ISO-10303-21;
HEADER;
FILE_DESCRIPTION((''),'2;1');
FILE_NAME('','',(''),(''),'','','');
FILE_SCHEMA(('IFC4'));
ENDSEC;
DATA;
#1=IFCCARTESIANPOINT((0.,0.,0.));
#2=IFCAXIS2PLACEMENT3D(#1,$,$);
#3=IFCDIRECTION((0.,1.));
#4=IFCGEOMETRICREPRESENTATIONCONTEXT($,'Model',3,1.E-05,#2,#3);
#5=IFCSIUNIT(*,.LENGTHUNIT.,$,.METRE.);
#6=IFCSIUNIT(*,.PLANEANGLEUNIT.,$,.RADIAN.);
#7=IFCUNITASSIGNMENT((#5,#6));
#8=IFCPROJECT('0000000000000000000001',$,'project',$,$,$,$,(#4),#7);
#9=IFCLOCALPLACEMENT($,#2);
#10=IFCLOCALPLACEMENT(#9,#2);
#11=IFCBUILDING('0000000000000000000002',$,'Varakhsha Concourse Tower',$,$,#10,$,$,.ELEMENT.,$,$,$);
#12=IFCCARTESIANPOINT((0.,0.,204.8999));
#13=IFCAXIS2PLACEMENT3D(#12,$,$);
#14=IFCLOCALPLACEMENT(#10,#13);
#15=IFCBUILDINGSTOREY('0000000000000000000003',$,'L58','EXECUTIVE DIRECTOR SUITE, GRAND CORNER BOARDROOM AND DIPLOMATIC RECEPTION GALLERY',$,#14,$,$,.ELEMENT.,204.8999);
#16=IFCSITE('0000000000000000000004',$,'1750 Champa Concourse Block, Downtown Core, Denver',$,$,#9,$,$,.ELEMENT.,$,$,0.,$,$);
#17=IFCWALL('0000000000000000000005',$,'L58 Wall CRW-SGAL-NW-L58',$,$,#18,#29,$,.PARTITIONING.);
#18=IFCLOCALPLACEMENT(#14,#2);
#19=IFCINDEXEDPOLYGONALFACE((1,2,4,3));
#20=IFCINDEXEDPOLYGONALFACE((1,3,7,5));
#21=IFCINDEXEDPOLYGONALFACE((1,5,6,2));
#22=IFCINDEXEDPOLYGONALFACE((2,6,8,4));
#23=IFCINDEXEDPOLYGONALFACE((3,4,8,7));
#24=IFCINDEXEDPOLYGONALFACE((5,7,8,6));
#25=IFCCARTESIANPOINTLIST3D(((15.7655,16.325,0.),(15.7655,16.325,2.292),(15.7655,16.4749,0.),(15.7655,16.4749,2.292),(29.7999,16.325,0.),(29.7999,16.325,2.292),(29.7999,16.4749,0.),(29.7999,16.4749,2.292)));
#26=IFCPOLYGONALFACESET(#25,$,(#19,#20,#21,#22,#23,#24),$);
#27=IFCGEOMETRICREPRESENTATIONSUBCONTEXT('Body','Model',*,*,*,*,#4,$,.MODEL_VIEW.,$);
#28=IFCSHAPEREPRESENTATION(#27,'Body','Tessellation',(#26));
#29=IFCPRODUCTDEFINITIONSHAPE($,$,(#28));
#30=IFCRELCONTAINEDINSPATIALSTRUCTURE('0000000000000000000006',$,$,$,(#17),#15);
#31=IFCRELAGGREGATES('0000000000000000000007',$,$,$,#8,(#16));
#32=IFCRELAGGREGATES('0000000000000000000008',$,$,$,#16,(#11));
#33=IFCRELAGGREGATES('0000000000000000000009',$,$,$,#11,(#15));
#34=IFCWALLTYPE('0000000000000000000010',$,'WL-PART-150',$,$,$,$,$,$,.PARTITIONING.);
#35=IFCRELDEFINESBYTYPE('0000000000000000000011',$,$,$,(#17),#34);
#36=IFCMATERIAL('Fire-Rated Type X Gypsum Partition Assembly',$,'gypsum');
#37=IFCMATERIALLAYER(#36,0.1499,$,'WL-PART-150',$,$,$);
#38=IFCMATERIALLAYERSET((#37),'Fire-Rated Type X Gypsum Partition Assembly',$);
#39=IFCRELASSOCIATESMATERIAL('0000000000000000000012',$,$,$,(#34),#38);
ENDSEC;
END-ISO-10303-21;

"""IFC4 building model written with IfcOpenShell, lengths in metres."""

from ifc_helpers import new_model, si_unit, direction, frame, frame_2d, origin, place, context, subcontext, project, spatial, rectangle, extrude, material, layer, layer_set, type_object, element, save


model = new_model("IFC4")

# Units and contexts
model_context = context("Model", 3, precision=1e-05, world=origin(), true_north=direction((0.0, 1.0)))
body_context = subcontext(model_context, "Body", "Model", "MODEL_VIEW")
ifc_project = project(units=[si_unit("LENGTHUNIT", "METRE"), si_unit("PLANEANGLEUNIT", "RADIAN")], contexts=[model_context])

# Site, building, storey
site_placement = place(None, origin())
site = spatial("IfcSite", under=ifc_project, at=site_placement, Name="1750 Champa Concourse Block, Downtown Core, Denver", CompositionType="ELEMENT", RefElevation=0.0)
building_placement = place(site_placement, origin())
building = spatial("IfcBuilding", under=site, at=building_placement, Name="Varakhsha Concourse Tower", CompositionType="ELEMENT")
storey_placement = place(building_placement, frame((0.0, 0.0, 204.8999)))
storey = spatial("IfcBuildingStorey", under=building, at=storey_placement, Name="L58", Description="EXECUTIVE DIRECTOR SUITE, GRAND CORNER BOARDROOM AND DIPLOMATIC RECEPTION GALLERY", CompositionType="ELEMENT", Elevation=204.8999)

# Wall
ifc_material_1 = material(Name="Fire-Rated Type X Gypsum Partition Assembly", Category="gypsum")
ifc_layer_1 = layer(ifc_material_1, 0.1499, Name="WL-PART-150")
ifc_layer_set_1 = layer_set([ifc_layer_1], Name="Fire-Rated Type X Gypsum Partition Assembly")
wall_type_1 = type_object("IfcWallType", Name="WL-PART-150", PredefinedType="PARTITIONING", material=ifc_layer_set_1)
wall_1_placement = place(storey_placement, frame((15.7656, 16.3999, 0.0), z_axis=(0.0, 0.0, 1.0), x_axis=(1.0, 0.0, 0.0)))
element("IfcWall", 1, at=wall_1_placement, inside=storey, type_object=wall_type_1, Name="L58 Wall CRW-SGAL-NW-L58", PredefinedType="PARTITIONING", context=body_context, shape_type="SweptSolid", body=[
    extrude(rectangle(XDim=14.0344, YDim=0.1499, at=frame_2d((7.0171, 0.0))), origin(), (0.0, 0.0, 1.0), 2.292),
])

save(model, "model.ifc")
